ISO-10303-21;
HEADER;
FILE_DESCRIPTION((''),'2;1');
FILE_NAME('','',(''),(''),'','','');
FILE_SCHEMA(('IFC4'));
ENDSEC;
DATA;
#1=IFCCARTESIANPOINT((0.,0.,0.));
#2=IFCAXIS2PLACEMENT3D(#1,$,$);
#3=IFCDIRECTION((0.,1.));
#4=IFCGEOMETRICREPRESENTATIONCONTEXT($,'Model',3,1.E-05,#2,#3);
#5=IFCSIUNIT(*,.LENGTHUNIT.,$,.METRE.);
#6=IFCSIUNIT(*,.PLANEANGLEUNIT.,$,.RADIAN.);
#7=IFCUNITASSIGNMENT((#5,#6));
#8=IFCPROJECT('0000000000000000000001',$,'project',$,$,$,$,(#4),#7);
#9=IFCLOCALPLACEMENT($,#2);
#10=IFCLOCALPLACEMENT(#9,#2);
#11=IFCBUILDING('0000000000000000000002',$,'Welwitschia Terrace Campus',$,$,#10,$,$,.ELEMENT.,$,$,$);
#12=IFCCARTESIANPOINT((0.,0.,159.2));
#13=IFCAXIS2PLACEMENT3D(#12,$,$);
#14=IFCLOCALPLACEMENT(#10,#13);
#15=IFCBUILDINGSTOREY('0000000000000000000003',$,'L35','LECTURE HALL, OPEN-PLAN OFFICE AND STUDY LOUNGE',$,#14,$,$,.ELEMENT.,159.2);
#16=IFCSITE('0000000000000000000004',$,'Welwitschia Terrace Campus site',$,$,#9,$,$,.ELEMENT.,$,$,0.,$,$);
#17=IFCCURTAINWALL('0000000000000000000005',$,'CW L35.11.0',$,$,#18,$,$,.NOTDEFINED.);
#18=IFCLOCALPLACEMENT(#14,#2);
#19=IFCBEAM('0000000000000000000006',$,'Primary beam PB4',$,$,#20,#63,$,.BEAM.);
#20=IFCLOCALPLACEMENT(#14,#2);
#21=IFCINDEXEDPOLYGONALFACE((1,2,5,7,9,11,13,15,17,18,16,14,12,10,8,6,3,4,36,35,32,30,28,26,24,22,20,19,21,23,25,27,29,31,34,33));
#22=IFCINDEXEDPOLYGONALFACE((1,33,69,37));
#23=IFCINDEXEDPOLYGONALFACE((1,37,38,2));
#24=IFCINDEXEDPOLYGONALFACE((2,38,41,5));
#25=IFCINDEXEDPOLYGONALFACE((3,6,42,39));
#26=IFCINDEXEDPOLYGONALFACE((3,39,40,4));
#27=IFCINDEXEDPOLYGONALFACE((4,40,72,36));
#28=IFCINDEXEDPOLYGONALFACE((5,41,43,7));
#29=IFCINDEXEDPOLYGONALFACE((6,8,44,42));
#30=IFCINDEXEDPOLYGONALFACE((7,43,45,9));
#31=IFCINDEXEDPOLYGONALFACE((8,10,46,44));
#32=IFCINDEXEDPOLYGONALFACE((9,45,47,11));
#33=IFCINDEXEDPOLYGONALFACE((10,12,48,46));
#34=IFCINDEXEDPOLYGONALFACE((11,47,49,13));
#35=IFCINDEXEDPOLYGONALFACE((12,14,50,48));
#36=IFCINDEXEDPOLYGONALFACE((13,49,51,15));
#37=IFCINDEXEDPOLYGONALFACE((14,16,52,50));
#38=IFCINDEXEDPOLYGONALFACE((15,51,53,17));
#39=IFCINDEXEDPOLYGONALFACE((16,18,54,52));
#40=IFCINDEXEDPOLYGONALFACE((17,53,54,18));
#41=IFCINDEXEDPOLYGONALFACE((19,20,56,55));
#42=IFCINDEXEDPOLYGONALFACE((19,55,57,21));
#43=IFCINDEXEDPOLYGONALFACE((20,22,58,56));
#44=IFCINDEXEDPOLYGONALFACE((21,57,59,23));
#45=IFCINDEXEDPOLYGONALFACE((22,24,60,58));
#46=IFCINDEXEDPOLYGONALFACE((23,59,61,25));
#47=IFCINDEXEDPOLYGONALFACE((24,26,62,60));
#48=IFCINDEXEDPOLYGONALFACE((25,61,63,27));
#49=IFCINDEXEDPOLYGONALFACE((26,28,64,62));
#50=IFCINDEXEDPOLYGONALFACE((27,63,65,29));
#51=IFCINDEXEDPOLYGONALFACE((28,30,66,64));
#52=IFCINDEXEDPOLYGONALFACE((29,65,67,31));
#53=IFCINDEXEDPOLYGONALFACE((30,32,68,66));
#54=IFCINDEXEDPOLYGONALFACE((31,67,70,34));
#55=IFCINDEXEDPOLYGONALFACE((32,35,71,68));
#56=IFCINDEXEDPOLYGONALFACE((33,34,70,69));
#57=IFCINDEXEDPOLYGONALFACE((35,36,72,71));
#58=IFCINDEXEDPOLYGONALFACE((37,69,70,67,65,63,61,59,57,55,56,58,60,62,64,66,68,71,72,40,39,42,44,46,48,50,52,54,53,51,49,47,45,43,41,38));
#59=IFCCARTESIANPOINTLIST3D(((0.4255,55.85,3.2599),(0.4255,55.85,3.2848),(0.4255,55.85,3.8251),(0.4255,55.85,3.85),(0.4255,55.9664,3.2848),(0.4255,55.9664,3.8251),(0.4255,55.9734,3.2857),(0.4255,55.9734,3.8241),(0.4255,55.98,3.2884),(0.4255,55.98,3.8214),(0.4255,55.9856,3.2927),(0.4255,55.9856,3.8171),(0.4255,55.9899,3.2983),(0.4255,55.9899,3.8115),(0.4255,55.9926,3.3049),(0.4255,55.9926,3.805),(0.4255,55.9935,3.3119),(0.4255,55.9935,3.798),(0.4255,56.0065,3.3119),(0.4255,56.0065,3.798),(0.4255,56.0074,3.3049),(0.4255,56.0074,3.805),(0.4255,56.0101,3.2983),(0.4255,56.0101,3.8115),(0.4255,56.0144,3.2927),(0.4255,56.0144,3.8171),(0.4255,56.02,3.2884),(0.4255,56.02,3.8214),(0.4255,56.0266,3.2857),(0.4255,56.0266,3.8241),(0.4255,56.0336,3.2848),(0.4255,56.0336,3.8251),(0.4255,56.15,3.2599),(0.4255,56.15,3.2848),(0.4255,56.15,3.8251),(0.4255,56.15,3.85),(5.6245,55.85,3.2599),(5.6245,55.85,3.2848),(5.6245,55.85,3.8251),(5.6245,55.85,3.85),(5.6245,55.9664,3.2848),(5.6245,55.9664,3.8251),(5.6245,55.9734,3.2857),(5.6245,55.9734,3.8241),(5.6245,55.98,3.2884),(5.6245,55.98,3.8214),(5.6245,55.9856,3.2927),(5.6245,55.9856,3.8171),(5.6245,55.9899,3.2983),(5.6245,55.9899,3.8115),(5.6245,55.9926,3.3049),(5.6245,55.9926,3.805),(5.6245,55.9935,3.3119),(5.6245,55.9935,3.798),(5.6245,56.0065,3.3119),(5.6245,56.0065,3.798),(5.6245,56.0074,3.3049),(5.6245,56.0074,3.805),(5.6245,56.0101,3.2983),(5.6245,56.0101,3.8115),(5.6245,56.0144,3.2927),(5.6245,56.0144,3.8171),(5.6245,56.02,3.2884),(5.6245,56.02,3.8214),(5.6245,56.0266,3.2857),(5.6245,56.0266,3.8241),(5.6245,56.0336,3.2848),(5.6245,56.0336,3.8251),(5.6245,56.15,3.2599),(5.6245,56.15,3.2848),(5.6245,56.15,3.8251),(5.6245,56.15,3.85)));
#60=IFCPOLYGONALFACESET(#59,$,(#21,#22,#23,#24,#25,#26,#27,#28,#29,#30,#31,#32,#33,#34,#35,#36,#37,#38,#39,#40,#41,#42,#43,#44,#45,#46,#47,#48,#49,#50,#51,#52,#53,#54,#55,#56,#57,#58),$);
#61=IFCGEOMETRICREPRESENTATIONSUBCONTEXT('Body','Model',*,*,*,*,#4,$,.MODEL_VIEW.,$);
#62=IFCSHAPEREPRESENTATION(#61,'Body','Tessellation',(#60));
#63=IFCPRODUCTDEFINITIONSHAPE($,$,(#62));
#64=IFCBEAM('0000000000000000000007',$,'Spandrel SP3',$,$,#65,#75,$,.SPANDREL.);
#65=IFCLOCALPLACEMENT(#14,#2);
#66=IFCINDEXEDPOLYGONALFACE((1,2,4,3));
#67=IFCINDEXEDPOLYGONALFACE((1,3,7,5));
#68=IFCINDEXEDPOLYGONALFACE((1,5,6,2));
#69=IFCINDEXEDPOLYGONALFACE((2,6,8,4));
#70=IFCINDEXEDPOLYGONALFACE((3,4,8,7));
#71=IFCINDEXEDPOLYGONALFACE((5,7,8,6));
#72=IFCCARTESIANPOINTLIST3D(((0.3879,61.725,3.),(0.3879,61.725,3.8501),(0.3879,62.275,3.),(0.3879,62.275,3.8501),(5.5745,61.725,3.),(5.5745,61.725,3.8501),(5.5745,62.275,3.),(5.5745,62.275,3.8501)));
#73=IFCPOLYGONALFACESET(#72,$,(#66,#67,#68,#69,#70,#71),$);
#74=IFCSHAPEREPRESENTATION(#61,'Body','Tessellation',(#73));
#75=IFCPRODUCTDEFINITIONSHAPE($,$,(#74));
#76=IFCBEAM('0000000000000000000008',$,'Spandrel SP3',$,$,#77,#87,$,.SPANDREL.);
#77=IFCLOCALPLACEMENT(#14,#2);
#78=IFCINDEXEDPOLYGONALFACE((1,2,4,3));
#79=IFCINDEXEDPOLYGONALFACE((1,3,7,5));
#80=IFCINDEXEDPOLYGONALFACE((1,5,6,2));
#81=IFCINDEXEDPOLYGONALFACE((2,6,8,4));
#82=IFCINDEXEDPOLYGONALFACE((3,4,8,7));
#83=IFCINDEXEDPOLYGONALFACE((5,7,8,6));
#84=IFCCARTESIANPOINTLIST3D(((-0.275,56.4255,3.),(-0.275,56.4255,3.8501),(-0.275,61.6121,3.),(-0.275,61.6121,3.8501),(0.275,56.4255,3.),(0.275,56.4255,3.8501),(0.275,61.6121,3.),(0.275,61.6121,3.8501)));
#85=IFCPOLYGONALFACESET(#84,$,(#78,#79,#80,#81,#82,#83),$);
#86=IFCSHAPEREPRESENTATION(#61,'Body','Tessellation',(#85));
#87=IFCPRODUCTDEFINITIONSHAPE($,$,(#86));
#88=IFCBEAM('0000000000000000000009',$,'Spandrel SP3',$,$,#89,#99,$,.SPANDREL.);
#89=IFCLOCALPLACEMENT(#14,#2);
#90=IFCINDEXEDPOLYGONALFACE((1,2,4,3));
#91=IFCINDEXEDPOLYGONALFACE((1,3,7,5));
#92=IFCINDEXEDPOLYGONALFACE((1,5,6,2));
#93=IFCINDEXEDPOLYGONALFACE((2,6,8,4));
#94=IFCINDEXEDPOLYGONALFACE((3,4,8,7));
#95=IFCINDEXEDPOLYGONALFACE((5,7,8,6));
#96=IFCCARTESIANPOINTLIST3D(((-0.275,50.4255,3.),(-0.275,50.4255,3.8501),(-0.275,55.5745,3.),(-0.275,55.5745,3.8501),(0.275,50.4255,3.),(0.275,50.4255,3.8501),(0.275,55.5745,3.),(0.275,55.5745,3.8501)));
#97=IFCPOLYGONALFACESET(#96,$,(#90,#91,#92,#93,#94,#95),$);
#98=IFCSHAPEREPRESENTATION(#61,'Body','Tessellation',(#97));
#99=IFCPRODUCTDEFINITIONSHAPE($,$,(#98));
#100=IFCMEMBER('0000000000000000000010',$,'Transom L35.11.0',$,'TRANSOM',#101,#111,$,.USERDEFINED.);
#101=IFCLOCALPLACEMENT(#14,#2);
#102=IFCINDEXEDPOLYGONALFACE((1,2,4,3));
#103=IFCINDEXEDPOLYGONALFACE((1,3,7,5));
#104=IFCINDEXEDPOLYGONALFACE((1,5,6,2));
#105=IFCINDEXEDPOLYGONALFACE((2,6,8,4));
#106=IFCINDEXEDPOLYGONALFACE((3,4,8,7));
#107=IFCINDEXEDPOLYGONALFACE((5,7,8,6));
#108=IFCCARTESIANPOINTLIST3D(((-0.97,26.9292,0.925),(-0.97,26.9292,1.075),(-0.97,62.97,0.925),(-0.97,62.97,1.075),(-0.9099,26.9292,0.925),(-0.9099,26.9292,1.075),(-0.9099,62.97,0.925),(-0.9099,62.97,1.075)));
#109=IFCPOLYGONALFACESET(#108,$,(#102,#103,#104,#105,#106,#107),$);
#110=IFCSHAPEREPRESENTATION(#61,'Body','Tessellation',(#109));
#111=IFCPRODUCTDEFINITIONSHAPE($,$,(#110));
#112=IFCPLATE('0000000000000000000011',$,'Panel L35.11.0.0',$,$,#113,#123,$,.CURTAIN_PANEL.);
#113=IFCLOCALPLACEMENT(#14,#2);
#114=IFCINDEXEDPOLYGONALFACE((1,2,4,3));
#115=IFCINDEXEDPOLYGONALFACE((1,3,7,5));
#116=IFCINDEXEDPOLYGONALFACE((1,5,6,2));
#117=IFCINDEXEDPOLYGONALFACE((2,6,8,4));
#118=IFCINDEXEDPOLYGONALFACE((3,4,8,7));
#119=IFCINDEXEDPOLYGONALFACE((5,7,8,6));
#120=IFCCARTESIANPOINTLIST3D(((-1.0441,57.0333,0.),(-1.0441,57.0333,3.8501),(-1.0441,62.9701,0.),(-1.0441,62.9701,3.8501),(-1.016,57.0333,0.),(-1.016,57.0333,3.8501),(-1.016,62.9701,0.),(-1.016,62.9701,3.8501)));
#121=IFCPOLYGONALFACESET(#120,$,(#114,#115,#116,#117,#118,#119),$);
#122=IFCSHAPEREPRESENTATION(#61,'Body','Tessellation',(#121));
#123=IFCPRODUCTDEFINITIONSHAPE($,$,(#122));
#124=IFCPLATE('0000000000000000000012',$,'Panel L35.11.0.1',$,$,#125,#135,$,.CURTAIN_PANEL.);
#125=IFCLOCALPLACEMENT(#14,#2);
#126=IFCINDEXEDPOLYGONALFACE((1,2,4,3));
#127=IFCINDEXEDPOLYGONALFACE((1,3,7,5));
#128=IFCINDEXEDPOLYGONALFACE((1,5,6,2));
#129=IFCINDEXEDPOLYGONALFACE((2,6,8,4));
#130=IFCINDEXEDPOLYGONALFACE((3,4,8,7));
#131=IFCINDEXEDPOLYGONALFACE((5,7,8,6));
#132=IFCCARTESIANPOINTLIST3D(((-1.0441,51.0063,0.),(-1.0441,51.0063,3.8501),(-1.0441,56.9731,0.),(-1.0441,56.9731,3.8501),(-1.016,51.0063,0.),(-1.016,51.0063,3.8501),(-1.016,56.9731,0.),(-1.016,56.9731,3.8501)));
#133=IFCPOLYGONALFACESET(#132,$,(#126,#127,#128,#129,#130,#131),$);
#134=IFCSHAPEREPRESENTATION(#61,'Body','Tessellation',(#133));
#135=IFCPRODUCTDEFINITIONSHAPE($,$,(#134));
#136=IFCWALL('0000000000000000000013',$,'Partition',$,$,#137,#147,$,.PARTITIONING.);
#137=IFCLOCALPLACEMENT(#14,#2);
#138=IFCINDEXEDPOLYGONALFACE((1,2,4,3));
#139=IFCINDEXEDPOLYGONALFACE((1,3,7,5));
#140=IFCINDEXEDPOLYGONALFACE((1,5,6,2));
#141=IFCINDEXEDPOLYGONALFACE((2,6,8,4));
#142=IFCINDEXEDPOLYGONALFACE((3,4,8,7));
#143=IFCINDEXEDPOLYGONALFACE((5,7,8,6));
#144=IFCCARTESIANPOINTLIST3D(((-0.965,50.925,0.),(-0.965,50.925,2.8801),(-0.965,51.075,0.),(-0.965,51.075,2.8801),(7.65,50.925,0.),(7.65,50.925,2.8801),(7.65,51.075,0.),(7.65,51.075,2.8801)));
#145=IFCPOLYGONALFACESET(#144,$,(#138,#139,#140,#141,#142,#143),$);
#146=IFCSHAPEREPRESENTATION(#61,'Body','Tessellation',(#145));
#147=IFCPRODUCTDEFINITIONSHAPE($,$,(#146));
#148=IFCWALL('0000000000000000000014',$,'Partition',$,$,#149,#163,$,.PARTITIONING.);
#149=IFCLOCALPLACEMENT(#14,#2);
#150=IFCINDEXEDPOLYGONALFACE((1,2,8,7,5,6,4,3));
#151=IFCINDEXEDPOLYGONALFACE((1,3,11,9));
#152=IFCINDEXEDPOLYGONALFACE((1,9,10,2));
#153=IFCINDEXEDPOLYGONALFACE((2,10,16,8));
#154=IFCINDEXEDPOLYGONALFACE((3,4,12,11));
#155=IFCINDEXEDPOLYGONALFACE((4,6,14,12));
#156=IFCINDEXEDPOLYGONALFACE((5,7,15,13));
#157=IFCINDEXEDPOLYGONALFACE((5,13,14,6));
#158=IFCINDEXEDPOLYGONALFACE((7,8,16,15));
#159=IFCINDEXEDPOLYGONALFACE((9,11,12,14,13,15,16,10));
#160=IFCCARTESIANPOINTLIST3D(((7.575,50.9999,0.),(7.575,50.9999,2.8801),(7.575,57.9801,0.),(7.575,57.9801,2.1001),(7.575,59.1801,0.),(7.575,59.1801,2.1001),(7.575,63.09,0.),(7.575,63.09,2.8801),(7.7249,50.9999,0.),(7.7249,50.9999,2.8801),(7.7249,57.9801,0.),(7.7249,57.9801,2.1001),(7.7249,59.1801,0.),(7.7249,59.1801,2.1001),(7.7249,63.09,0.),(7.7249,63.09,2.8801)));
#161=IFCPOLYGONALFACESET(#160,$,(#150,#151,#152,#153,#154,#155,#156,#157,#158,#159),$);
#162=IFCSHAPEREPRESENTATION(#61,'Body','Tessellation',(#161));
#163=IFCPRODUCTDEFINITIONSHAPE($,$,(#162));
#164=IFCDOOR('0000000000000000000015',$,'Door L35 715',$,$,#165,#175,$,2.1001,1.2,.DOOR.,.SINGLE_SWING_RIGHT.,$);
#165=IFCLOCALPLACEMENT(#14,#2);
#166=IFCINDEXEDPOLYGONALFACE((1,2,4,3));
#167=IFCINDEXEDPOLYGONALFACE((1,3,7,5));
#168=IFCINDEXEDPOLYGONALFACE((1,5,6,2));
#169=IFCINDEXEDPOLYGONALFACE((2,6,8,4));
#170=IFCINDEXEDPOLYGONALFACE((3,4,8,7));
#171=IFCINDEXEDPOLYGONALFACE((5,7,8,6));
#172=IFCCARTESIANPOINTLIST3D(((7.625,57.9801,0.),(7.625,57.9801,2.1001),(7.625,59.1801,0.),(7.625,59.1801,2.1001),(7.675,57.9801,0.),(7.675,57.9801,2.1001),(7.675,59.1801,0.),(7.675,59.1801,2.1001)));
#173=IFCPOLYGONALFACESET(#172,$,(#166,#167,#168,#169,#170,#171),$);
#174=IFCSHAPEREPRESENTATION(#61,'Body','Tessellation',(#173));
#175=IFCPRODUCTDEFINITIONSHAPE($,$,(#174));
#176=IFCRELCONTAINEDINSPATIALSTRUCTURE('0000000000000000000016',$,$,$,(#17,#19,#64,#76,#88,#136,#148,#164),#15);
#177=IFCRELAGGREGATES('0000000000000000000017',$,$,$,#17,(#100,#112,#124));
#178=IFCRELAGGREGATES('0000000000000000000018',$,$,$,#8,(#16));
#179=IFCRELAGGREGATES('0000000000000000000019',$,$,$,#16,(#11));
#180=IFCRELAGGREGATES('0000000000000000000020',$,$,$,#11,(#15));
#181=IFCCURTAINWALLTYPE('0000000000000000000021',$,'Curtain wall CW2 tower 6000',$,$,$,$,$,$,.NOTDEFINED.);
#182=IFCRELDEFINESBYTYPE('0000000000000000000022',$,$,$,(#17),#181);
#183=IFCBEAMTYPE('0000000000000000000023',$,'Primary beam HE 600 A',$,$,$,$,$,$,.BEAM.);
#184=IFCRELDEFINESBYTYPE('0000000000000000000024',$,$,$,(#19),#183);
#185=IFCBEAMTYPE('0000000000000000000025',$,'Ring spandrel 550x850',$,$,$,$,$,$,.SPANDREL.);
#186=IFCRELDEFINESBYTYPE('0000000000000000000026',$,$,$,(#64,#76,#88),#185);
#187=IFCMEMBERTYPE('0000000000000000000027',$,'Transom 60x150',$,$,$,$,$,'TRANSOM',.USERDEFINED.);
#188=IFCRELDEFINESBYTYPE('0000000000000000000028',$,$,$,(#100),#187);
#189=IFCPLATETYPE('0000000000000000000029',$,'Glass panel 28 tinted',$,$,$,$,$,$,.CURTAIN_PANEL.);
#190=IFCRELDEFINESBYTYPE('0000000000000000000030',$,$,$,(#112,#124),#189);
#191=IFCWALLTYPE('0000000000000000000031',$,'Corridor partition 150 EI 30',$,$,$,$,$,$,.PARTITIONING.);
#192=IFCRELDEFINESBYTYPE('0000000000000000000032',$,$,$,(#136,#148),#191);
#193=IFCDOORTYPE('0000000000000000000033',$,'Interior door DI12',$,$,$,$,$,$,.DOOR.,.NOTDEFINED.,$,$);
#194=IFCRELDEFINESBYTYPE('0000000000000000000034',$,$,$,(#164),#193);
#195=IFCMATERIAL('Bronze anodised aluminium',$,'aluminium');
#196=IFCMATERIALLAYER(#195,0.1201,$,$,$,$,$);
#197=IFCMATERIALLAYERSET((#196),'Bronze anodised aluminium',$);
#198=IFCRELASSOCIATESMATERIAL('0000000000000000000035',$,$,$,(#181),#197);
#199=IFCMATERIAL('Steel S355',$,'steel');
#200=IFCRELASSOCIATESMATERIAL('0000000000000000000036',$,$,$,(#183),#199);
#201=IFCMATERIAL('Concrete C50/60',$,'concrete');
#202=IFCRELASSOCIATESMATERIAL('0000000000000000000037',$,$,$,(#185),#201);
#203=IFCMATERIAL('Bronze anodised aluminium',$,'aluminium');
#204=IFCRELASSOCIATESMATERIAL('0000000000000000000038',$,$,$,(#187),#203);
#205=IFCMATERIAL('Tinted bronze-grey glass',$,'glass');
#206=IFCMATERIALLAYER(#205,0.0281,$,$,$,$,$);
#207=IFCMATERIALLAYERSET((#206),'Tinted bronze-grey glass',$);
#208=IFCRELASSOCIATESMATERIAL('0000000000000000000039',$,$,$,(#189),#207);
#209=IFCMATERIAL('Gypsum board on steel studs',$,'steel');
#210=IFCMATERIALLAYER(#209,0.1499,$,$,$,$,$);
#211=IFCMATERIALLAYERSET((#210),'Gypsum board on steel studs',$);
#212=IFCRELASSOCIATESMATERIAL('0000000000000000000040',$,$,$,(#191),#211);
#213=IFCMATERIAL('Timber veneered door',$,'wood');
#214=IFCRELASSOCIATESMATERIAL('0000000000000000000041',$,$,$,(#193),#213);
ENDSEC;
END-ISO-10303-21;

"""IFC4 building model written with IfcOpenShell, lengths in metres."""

from ifc_helpers import new_model, si_unit, direction, frame, frame_2d, origin, origin_2d, place, context, subcontext, project, spatial, rectangle, i_section, extrude, material, layer, layer_set, material_profile, profile_set, type_object, element, fill, aggregate, save


model = new_model("IFC4")

# Units and contexts
model_context = context("Model", 3, precision=1e-05, world=origin(), true_north=direction((0.0, 1.0)))
body_context = subcontext(model_context, "Body", "Model", "MODEL_VIEW")
ifc_project = project(units=[si_unit("LENGTHUNIT", "METRE"), si_unit("PLANEANGLEUNIT", "RADIAN")], contexts=[model_context])

# Site, building, storey
site_placement = place(None, origin())
site = spatial("IfcSite", under=ifc_project, at=site_placement, Name="Welwitschia Terrace Campus site", CompositionType="ELEMENT", RefElevation=0.0)
building_placement = place(site_placement, origin())
building = spatial("IfcBuilding", under=site, at=building_placement, Name="Welwitschia Terrace Campus", CompositionType="ELEMENT")
storey_placement = place(building_placement, frame((0.0, 0.0, 159.2)))
storey = spatial("IfcBuildingStorey", under=building, at=storey_placement, Name="L35", Description="LECTURE HALL, OPEN-PLAN OFFICE AND STUDY LOUNGE", CompositionType="ELEMENT", Elevation=159.2)

# Curtain wall
ifc_material_1 = material(Name="Bronze anodised aluminium", Category="aluminium")
ifc_layer_1 = layer(ifc_material_1, 0.1201)
ifc_layer_set_1 = layer_set([ifc_layer_1], Name="Bronze anodised aluminium")
curtain_wall_type = type_object("IfcCurtainWallType", Name="Curtain wall CW2 tower 6000", PredefinedType="NOTDEFINED", material=ifc_layer_set_1)
curtain_wall_placement = place(storey_placement, origin())
curtain_wall = element("IfcCurtainWall", 1, at=curtain_wall_placement, inside=storey, type_object=curtain_wall_type, Name="CW L35.11.0", PredefinedType="NOTDEFINED")

# Beams
ifc_material_2 = material(Name="Steel S355", Category="steel")
ifc_material_profile_1 = material_profile(ifc_material_2, i_section(OverallWidth=0.3, OverallDepth=0.5901, WebThickness=0.0129, FlangeThickness=0.0249, FilletRadius=0.0271, at=origin_2d()))
ifc_profile_set_1 = profile_set([ifc_material_profile_1], Name="Steel S355")
beam_type_1 = type_object("IfcBeamType", Name="Primary beam HE 600 A", PredefinedType="BEAM", material=ifc_profile_set_1)
beam_1_placement = place(storey_placement, frame((0.4255, 56.0, 3.5549), z_axis=(1.0, 0.0, 0.0), x_axis=(0.0, 1.0, 0.0)))
element("IfcBeam", 2, at=beam_1_placement, inside=storey, type_object=beam_type_1, Name="Primary beam PB4", PredefinedType="BEAM", context=body_context, shape_type="SweptSolid", body=[
    extrude(i_section(OverallWidth=0.3, OverallDepth=0.5901, WebThickness=0.0129, FlangeThickness=0.0249, FilletRadius=0.0271, at=origin_2d()), origin(), (0.0, 0.0, 1.0), 5.199),
])
ifc_material_3 = material(Name="Concrete C50/60", Category="concrete")
ifc_material_profile_2 = material_profile(ifc_material_3, rectangle(XDim=0.55, YDim=0.8501, at=origin_2d()))
ifc_profile_set_2 = profile_set([ifc_material_profile_2], Name="Concrete C50/60")
beam_type_2 = type_object("IfcBeamType", Name="Ring spandrel 550x850", PredefinedType="SPANDREL", material=ifc_profile_set_2)
for number, where, z_axis, x_axis, name in (
    (3, (5.5745, 62.0, 3.425), (-1.0, 0.0, 0.0), (0.0, -1.0, 0.0), "Spandrel SP3"),
    (4, (0.0, 61.6121, 3.425), (0.0, -1.0, 0.0), (1.0, 0.0, 0.0), "Spandrel SP3"),
):
    element("IfcBeam", number, at=place(storey_placement, frame(where, z_axis=z_axis, x_axis=x_axis)), inside=storey, type_object=beam_type_2, Name=name, PredefinedType="SPANDREL", context=body_context, shape_type="SweptSolid", body=[
        extrude(rectangle(XDim=0.55, YDim=0.8501, at=origin_2d()), origin(), (0.0, 0.0, 1.0), 5.1865),
    ])
beam_2_placement = place(storey_placement, frame((0.0, 55.5745, 3.425), z_axis=(0.0, -1.0, 0.0), x_axis=(1.0, 0.0, 0.0)))
element("IfcBeam", 5, at=beam_2_placement, inside=storey, type_object=beam_type_2, Name="Spandrel SP3", PredefinedType="SPANDREL", context=body_context, shape_type="SweptSolid", body=[
    extrude(rectangle(XDim=0.55, YDim=0.8501, at=origin_2d()), origin(), (0.0, 0.0, 1.0), 5.1489),
])

# Member
ifc_material_4 = material(Name="Bronze anodised aluminium", Category="aluminium")
ifc_material_profile_3 = material_profile(ifc_material_4, rectangle(XDim=0.0601, YDim=0.1499, at=origin_2d()))
ifc_profile_set_3 = profile_set([ifc_material_profile_3], Name="Bronze anodised aluminium")
member_type_1 = type_object("IfcMemberType", Name="Transom 60x150", ElementType="TRANSOM", PredefinedType="USERDEFINED", material=ifc_profile_set_3)
member_1_placement = place(storey_placement, frame((-0.9399, 62.97, 1.0), z_axis=(0.0, -1.0, 0.0), x_axis=(1.0, 0.0, 0.0)))
member_1 = element("IfcMember", 6, at=member_1_placement, type_object=member_type_1, Name="Transom L35.11.0", ObjectType="TRANSOM", PredefinedType="USERDEFINED", context=body_context, shape_type="SweptSolid", body=[
    extrude(rectangle(XDim=0.0601, YDim=0.1499, at=origin_2d()), origin(), (0.0, 0.0, 1.0), 36.0408),
])

# Plates
ifc_material_5 = material(Name="Tinted bronze-grey glass", Category="glass")
ifc_layer_2 = layer(ifc_material_5, 0.0281)
ifc_layer_set_2 = layer_set([ifc_layer_2], Name="Tinted bronze-grey glass")
plate_type = type_object("IfcPlateType", Name="Glass panel 28 tinted", PredefinedType="CURTAIN_PANEL", material=ifc_layer_set_2)
plate_1_placement = place(storey_placement, frame((-1.03, 60.0017, 0.0), z_axis=(0.0, 0.0, 1.0), x_axis=(0.0, -1.0, 0.0)))
plate_1 = element("IfcPlate", 7, at=plate_1_placement, type_object=plate_type, Name="Panel L35.11.0.0", PredefinedType="CURTAIN_PANEL", context=body_context, shape_type="SweptSolid", body=[
    extrude(rectangle(XDim=5.9368, YDim=0.0281, at=origin_2d()), origin(), (0.0, 0.0, 1.0), 3.8501),
])
plate_2_placement = place(storey_placement, frame((-1.03, 53.9897, 0.0), z_axis=(0.0, 0.0, 1.0), x_axis=(0.0, -1.0, 0.0)))
plate_2 = element("IfcPlate", 8, at=plate_2_placement, type_object=plate_type, Name="Panel L35.11.0.1", PredefinedType="CURTAIN_PANEL", context=body_context, shape_type="SweptSolid", body=[
    extrude(rectangle(XDim=5.9668, YDim=0.0281, at=origin_2d()), origin(), (0.0, 0.0, 1.0), 3.8501),
])
aggregate(curtain_wall, [member_1, plate_1, plate_2])

# Wall
ifc_material_6 = material(Name="Gypsum board on steel studs", Category="steel")
ifc_layer_3 = layer(ifc_material_6, 0.1499)
ifc_layer_set_3 = layer_set([ifc_layer_3], Name="Gypsum board on steel studs")
wall_type = type_object("IfcWallType", Name="Corridor partition 150 EI 30", PredefinedType="PARTITIONING", material=ifc_layer_set_3)
wall_1_placement = place(storey_placement, frame((-0.9651, 51.0, 0.0), z_axis=(0.0, 0.0, 1.0), x_axis=(1.0, 0.0, 0.0)))
element("IfcWall", 9, at=wall_1_placement, inside=storey, type_object=wall_type, Name="Partition", PredefinedType="PARTITIONING", context=body_context, shape_type="SweptSolid", body=[
    extrude(rectangle(XDim=8.615, YDim=0.1499, at=frame_2d((4.3076, 0.0))), origin(), (0.0, 0.0, 1.0), 2.8801),
])

# Wall, opening, door
wall_2_placement = place(storey_placement, frame((7.6499, 51.0, 0.0), z_axis=(0.0, 0.0, 1.0), x_axis=(0.0, 1.0, 0.0)))
wall_2 = element("IfcWall", 10, at=wall_2_placement, inside=storey, type_object=wall_type, Name="Partition", PredefinedType="PARTITIONING", context=body_context, shape_type="SweptSolid", body=[
    extrude(rectangle(XDim=12.0901, YDim=0.1499, at=frame_2d((6.0449, 0.0))), origin(), (0.0, 0.0, 1.0), 2.8801),
])
opening_1_placement = place(wall_2_placement, frame((6.98, 0.0, 0.0)))
opening_1 = element("IfcOpeningElement", 11, at=opening_1_placement, cuts=wall_2, PredefinedType="OPENING", context=body_context, shape_type="SweptSolid", body=[
    extrude(rectangle(XDim=1.2, YDim=2.1001, at=frame_2d((0.6001, 1.05))), frame((0.0, 0.085, 0.0), z_axis=(0.0, -1.0, 0.0), x_axis=(1.0, 0.0, 0.0)), (0.0, 0.0, 1.0), 0.1699),
])
ifc_material_7 = material(Name="Timber veneered door", Category="wood")
door_type_1 = type_object("IfcDoorType", Name="Interior door DI12", OperationType="NOTDEFINED", PredefinedType="DOOR", material=ifc_material_7)
door_1_placement = place(opening_1_placement, origin())
door_1 = element("IfcDoor", 12, at=door_1_placement, inside=storey, type_object=door_type_1, Name="Door L35 715", OperationType="SINGLE_SWING_RIGHT", OverallHeight=2.1001, OverallWidth=1.2, PredefinedType="DOOR", context=body_context, shape_type="SweptSolid", body=[
    extrude(rectangle(XDim=1.2, YDim=2.1001, at=frame_2d((0.6001, 1.05))), frame((0.0, 0.0249, 0.0), z_axis=(0.0, -1.0, 0.0), x_axis=(1.0, 0.0, 0.0)), (0.0, 0.0, 1.0), 0.05),
])
fill(opening_1, door_1)

save(model, "model.ifc")
